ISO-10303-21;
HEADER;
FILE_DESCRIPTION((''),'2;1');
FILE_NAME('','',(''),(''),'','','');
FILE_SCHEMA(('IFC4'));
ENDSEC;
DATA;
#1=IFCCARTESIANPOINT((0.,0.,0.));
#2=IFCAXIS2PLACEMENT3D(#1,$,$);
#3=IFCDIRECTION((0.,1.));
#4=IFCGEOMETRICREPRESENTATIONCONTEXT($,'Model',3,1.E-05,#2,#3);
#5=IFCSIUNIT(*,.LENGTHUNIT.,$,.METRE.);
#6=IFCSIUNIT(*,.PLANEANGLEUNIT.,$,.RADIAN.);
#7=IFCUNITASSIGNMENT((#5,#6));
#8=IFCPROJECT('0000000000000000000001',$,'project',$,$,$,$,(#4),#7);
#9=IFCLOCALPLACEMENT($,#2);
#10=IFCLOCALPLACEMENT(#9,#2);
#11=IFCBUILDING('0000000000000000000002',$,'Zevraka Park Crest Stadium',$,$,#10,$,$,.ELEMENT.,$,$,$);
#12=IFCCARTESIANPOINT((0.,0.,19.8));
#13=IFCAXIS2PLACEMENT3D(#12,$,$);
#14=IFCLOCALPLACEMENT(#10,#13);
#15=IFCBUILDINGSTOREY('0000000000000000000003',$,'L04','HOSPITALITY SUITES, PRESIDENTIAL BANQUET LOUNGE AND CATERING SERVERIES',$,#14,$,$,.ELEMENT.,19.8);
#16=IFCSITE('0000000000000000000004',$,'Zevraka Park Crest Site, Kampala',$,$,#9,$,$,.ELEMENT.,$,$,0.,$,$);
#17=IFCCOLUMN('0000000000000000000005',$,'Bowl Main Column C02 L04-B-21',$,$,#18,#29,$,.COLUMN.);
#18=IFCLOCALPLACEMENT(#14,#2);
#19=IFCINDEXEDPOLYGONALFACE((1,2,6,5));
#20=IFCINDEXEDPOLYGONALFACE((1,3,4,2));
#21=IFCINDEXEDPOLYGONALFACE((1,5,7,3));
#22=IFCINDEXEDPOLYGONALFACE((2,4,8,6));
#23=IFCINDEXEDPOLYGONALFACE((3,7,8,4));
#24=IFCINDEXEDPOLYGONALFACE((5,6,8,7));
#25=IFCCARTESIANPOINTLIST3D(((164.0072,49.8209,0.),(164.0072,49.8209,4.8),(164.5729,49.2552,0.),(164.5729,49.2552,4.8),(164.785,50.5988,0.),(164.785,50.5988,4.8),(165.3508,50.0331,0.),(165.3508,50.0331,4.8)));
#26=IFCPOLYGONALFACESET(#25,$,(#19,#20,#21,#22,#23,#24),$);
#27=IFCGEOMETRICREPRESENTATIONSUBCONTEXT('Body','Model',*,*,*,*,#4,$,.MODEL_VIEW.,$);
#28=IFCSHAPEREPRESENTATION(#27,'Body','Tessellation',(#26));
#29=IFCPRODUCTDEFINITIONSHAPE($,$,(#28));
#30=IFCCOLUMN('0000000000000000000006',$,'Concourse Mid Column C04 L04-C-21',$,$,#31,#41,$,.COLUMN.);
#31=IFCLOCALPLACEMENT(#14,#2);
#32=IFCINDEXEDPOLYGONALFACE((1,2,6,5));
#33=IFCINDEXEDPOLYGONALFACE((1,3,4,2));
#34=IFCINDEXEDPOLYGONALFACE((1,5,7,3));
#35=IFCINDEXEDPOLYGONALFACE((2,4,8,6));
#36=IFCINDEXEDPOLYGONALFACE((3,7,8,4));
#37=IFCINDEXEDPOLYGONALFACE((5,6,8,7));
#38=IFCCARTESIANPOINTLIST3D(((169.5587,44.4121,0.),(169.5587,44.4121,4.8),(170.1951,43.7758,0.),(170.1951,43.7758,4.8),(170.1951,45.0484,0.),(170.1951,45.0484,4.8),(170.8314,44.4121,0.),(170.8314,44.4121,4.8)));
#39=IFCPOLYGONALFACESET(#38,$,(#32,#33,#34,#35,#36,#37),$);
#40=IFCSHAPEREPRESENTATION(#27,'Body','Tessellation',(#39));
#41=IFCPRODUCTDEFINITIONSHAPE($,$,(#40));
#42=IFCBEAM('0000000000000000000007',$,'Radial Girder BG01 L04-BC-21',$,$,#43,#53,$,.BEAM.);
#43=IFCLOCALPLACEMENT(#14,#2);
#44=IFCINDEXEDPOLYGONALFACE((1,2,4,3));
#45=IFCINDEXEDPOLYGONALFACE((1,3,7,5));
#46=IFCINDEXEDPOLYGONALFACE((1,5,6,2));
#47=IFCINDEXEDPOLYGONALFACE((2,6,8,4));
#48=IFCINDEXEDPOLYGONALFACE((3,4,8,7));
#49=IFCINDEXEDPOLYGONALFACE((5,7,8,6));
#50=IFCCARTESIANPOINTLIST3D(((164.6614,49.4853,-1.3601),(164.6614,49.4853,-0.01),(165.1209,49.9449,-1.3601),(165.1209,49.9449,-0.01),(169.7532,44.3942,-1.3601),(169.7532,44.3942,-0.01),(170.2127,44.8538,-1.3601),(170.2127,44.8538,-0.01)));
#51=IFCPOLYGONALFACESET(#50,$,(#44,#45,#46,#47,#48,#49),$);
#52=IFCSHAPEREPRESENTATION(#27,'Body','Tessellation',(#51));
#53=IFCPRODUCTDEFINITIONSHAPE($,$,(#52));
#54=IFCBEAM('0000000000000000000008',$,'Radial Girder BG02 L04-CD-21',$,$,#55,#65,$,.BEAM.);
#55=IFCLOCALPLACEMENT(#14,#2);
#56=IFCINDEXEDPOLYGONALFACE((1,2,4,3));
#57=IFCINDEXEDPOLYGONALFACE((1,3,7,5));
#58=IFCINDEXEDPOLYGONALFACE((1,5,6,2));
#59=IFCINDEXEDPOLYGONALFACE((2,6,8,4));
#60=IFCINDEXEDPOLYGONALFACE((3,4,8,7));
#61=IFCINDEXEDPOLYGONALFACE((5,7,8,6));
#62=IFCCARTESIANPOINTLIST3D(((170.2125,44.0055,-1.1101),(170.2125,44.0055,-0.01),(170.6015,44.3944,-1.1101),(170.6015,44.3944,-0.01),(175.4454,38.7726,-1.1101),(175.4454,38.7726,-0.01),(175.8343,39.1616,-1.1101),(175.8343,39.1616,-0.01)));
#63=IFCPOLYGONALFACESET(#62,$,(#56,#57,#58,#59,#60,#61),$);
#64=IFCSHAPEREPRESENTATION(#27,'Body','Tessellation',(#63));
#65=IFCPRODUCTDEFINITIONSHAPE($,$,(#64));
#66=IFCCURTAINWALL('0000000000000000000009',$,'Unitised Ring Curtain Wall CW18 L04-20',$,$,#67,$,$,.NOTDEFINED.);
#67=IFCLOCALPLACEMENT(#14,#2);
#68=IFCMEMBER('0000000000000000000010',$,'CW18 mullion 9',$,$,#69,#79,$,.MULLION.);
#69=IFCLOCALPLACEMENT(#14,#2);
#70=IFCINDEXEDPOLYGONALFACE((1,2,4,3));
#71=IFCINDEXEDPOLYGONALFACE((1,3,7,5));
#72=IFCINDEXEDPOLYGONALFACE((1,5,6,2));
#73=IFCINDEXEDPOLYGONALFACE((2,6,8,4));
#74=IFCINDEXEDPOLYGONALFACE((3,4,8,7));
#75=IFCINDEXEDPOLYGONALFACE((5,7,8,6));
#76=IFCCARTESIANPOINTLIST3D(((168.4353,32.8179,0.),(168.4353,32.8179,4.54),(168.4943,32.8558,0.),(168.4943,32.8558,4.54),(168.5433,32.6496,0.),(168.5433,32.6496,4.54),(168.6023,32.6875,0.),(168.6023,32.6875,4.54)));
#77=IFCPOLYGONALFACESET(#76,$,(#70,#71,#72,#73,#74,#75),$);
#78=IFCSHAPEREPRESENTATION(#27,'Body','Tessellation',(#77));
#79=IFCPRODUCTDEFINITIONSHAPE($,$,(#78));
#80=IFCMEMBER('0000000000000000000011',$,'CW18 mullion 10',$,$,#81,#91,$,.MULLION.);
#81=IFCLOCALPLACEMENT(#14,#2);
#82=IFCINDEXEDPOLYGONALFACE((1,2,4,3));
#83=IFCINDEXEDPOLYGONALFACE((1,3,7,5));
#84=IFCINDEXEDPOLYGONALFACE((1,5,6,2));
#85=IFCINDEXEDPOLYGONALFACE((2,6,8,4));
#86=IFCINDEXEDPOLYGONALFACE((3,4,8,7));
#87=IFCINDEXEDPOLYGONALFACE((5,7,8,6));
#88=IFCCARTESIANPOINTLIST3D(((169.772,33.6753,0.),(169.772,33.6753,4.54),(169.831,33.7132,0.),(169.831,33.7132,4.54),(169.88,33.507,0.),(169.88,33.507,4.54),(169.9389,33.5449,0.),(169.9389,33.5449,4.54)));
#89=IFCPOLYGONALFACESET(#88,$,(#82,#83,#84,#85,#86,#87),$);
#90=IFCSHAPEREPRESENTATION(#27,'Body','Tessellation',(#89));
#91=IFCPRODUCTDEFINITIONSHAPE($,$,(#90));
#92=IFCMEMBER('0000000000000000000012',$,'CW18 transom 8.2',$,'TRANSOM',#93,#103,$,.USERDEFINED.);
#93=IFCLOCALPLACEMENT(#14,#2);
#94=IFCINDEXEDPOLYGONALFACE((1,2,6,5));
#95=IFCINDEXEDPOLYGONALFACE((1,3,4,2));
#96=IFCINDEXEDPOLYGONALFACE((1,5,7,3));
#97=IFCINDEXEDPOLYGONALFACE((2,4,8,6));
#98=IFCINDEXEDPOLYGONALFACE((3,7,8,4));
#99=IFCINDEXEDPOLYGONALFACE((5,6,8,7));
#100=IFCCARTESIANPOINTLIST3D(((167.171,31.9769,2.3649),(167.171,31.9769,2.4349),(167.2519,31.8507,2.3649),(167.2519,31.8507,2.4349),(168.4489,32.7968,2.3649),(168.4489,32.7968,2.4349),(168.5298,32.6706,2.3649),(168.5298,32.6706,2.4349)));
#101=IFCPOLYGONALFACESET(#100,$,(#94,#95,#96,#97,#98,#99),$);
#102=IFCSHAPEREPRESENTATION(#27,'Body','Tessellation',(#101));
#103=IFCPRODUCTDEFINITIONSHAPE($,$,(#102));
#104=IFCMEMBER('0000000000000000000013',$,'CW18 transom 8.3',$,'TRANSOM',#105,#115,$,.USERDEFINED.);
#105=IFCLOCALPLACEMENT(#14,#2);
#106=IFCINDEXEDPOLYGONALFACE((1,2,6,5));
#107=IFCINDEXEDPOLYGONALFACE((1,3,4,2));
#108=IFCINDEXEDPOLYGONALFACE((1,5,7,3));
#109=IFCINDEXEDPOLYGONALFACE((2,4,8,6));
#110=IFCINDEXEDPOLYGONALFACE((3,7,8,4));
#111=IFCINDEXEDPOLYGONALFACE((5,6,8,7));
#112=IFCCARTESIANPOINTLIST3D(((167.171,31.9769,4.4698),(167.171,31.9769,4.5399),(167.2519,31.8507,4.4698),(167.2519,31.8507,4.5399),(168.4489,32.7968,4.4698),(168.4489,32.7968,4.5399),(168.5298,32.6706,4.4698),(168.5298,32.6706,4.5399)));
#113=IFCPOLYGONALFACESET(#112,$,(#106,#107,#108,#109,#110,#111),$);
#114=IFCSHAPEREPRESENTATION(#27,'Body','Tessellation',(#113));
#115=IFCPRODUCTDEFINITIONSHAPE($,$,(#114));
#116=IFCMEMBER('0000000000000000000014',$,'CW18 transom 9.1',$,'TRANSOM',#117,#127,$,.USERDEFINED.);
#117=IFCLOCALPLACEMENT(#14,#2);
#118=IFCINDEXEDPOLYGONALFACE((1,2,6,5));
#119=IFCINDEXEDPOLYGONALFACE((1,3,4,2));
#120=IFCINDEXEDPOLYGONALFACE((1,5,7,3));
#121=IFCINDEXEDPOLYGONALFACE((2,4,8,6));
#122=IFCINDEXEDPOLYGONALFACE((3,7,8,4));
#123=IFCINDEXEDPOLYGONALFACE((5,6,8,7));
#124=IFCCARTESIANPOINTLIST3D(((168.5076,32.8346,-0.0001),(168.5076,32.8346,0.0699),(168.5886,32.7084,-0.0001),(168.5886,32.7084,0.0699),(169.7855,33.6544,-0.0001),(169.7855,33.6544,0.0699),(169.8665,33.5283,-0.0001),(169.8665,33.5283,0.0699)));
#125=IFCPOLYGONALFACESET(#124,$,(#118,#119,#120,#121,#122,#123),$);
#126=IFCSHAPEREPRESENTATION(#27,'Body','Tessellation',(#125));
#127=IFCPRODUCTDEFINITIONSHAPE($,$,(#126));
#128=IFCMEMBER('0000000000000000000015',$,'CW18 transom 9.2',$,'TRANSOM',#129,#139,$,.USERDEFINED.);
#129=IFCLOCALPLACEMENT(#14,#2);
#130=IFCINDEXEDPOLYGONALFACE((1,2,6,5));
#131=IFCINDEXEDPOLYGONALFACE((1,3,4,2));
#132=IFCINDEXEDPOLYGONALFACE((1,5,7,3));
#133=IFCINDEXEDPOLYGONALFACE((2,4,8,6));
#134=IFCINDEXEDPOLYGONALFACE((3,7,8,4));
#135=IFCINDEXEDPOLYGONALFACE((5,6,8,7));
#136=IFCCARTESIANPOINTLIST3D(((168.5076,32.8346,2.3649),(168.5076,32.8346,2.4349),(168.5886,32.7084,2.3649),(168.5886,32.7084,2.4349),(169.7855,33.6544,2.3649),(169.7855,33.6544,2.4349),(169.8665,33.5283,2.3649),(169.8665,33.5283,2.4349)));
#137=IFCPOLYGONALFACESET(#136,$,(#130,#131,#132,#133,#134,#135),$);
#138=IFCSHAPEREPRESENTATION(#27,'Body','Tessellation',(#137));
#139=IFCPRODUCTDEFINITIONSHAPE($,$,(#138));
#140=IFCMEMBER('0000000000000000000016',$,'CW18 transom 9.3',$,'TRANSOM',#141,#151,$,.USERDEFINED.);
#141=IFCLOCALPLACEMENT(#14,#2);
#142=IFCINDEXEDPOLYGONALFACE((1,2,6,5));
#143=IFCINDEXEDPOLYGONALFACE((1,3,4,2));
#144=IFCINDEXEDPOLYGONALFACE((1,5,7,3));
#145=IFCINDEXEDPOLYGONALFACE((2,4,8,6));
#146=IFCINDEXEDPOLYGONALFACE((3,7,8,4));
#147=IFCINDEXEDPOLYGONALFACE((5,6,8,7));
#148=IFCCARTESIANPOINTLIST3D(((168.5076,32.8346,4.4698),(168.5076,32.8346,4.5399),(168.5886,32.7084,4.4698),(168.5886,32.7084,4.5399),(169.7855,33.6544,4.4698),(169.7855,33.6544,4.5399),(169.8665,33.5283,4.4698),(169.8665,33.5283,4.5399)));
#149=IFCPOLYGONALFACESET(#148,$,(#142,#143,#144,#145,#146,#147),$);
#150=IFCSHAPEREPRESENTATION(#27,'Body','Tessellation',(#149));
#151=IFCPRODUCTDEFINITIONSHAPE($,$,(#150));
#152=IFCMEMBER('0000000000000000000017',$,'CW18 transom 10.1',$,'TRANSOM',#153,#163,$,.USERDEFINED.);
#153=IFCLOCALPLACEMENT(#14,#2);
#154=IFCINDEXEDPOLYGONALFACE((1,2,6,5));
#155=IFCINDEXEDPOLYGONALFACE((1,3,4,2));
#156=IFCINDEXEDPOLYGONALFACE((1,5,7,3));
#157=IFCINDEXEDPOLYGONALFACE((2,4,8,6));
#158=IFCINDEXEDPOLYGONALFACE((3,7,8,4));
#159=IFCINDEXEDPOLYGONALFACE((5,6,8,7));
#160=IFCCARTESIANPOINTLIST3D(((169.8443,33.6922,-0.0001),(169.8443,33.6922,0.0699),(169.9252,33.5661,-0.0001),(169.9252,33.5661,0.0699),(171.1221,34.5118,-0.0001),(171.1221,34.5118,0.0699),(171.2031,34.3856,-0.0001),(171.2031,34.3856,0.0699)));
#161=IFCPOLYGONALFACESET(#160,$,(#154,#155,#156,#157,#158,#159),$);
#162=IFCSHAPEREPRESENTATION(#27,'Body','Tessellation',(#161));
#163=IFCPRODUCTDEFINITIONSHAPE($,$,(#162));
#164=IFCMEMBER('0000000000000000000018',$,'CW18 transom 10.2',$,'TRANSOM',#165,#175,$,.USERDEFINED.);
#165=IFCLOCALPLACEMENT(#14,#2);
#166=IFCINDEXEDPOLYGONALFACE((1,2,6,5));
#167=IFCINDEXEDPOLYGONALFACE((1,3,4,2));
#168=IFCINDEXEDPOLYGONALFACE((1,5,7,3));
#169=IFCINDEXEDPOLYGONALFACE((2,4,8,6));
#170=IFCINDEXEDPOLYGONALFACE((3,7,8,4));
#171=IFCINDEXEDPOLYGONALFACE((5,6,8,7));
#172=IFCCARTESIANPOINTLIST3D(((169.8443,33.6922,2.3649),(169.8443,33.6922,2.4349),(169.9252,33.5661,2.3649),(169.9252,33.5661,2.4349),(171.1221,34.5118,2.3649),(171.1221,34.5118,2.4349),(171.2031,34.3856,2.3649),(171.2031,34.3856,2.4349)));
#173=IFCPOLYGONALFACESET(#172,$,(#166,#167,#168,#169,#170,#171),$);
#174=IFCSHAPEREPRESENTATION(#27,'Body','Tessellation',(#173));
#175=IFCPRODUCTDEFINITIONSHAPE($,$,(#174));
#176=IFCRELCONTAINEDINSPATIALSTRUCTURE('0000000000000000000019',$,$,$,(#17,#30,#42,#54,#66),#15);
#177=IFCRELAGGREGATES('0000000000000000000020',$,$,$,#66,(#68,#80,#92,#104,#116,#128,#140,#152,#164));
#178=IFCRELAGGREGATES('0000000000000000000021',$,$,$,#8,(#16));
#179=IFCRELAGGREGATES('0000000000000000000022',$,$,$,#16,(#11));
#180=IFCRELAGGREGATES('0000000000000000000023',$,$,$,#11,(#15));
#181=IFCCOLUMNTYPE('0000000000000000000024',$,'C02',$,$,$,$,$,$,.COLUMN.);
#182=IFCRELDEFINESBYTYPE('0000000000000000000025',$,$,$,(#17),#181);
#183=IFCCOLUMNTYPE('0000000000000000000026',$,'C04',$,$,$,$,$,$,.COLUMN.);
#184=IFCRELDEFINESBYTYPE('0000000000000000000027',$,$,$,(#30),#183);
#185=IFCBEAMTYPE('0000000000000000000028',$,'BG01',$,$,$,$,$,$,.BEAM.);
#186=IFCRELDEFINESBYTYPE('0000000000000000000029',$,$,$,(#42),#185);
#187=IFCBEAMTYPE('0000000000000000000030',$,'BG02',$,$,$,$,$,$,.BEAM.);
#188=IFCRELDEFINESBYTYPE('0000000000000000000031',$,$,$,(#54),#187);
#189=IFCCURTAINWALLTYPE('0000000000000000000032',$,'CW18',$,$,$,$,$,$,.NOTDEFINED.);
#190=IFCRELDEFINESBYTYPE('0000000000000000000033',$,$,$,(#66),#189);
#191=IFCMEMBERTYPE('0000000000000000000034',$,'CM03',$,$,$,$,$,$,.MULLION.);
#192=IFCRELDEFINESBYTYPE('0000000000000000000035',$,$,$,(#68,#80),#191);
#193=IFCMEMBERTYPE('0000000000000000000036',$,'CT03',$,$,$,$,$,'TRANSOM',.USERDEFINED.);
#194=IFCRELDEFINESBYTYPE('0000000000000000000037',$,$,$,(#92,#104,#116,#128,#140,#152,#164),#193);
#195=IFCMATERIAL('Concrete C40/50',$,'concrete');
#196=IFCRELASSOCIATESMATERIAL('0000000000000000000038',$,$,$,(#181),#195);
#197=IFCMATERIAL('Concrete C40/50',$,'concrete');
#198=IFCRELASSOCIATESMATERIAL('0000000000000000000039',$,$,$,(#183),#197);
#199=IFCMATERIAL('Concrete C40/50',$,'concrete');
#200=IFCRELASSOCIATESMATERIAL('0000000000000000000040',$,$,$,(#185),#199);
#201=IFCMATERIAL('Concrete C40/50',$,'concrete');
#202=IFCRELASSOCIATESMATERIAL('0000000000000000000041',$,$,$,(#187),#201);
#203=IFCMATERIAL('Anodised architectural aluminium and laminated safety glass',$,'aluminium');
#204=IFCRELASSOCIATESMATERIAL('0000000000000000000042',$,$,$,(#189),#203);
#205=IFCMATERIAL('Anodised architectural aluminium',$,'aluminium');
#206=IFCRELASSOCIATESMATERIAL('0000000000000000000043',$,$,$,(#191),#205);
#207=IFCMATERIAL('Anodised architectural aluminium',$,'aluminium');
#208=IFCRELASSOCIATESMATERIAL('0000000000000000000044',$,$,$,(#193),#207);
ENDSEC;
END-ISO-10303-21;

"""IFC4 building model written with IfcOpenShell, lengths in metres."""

from ifc_helpers import new_model, si_unit, direction, frame, origin, origin_2d, place, context, subcontext, project, spatial, rectangle, extrude, material, material_profile, profile_set, type_object, element, aggregate, save


model = new_model("IFC4")

# Units and contexts
model_context = context("Model", 3, precision=1e-05, world=origin(), true_north=direction((0.0, 1.0)))
body_context = subcontext(model_context, "Body", "Model", "MODEL_VIEW")
ifc_project = project(units=[si_unit("LENGTHUNIT", "METRE"), si_unit("PLANEANGLEUNIT", "RADIAN")], contexts=[model_context])

# Site, building, storey
site_placement = place(None, origin())
site = spatial("IfcSite", under=ifc_project, at=site_placement, Name="Zevraka Park Crest Site, Kampala", CompositionType="ELEMENT", RefElevation=0.0)
building_placement = place(site_placement, origin())
building = spatial("IfcBuilding", under=site, at=building_placement, Name="Zevraka Park Crest Stadium", CompositionType="ELEMENT")
storey_placement = place(building_placement, frame((0.0, 0.0, 19.8)))
storey = spatial("IfcBuildingStorey", under=building, at=storey_placement, Name="L04", Description="HOSPITALITY SUITES, PRESIDENTIAL BANQUET LOUNGE AND CATERING SERVERIES", CompositionType="ELEMENT", Elevation=19.8)

# Columns
ifc_material_1 = material(Name="Concrete C40/50", Category="concrete")
ifc_material_profile_1 = material_profile(ifc_material_1, rectangle(XDim=0.8, YDim=1.1001, at=origin_2d()), Name="RC 1100x800")
ifc_profile_set_1 = profile_set([ifc_material_profile_1], Name="Concrete C40/50")
column_type_1 = type_object("IfcColumnType", Name="C02", PredefinedType="COLUMN", material=ifc_profile_set_1)
column_1_placement = place(storey_placement, frame((164.679, 49.927, 0.0), z_axis=(0.0, 0.0, 1.0), x_axis=(-0.707107, 0.707107, 0.0)))
element("IfcColumn", 1, at=column_1_placement, inside=storey, type_object=column_type_1, Name="Bowl Main Column C02 L04-B-21", PredefinedType="COLUMN", context=body_context, shape_type="SweptSolid", body=[
    extrude(rectangle(XDim=0.8, YDim=1.1001, at=origin_2d()), origin(), (0.0, 0.0, 1.0), 4.8),
])
ifc_material_2 = material(Name="Concrete C40/50", Category="concrete")
ifc_material_profile_2 = material_profile(ifc_material_2, rectangle(XDim=0.8999, YDim=0.8999, at=origin_2d()), Name="RC 900x900")
ifc_profile_set_2 = profile_set([ifc_material_profile_2], Name="Concrete C40/50")
column_type_2 = type_object("IfcColumnType", Name="C04", PredefinedType="COLUMN", material=ifc_profile_set_2)
column_2_placement = place(storey_placement, frame((170.1951, 44.4121, 0.0), z_axis=(0.0, 0.0, 1.0), x_axis=(-0.707107, 0.707107, 0.0)))
element("IfcColumn", 2, at=column_2_placement, inside=storey, type_object=column_type_2, Name="Concourse Mid Column C04 L04-C-21", PredefinedType="COLUMN", context=body_context, shape_type="SweptSolid", body=[
    extrude(rectangle(XDim=0.8999, YDim=0.8999, at=origin_2d()), origin(), (0.0, 0.0, 1.0), 4.8),
])

# Beams
ifc_material_3 = material(Name="Concrete C40/50", Category="concrete")
ifc_material_profile_3 = material_profile(ifc_material_3, rectangle(XDim=0.6499, YDim=1.3501, at=origin_2d()), Name="RC 1350x650")
ifc_profile_set_3 = profile_set([ifc_material_profile_3], Name="Concrete C40/50")
beam_type_1 = type_object("IfcBeamType", Name="BG01", PredefinedType="BEAM", material=ifc_profile_set_3)
beam_1_placement = place(storey_placement, frame((164.8911, 49.7151, -0.6851), z_axis=(0.707158, -0.707056, 0.0), x_axis=(0.707056, 0.707158, 0.0)))
element("IfcBeam", 3, at=beam_1_placement, inside=storey, type_object=beam_type_1, Name="Radial Girder BG01 L04-BC-21", PredefinedType="BEAM", context=body_context, shape_type="SweptSolid", body=[
    extrude(rectangle(XDim=0.6499, YDim=1.3501, at=origin_2d()), origin(), (0.0, 0.0, 1.0), 7.2004),
])
ifc_material_4 = material(Name="Concrete C40/50", Category="concrete")
ifc_material_profile_4 = material_profile(ifc_material_4, rectangle(XDim=0.55, YDim=1.1001, at=origin_2d()), Name="RC 1100x550")
ifc_profile_set_4 = profile_set([ifc_material_profile_4], Name="Concrete C40/50")
beam_type_2 = type_object("IfcBeamType", Name="BG02", PredefinedType="BEAM", material=ifc_profile_set_4)
beam_2_placement = place(storey_placement, frame((170.407, 44.2, -0.5601), z_axis=(0.707107, -0.707107, 0.0), x_axis=(0.707107, 0.707107, 0.0)))
element("IfcBeam", 4, at=beam_2_placement, inside=storey, type_object=beam_type_2, Name="Radial Girder BG02 L04-CD-21", PredefinedType="BEAM", context=body_context, shape_type="SweptSolid", body=[
    extrude(rectangle(XDim=0.55, YDim=1.1001, at=origin_2d()), origin(), (0.0, 0.0, 1.0), 7.4004),
])

# Curtain wall, members
ifc_material_5 = material(Name="Anodised architectural aluminium and laminated safety glass", Category="aluminium")
curtain_wall_type = type_object("IfcCurtainWallType", Name="CW18", PredefinedType="NOTDEFINED", material=ifc_material_5)
curtain_wall_placement = place(storey_placement, origin())
curtain_wall = element("IfcCurtainWall", 5, at=curtain_wall_placement, inside=storey, type_object=curtain_wall_type, Name="Unitised Ring Curtain Wall CW18 L04-20", PredefinedType="NOTDEFINED")
ifc_material_6 = material(Name="Anodised architectural aluminium", Category="aluminium")
ifc_material_profile_5 = material_profile(ifc_material_6, rectangle(XDim=0.2, YDim=0.0701, at=origin_2d()), Name="ALU MULLION 200x70")
ifc_profile_set_5 = profile_set([ifc_material_profile_5], Name="Anodised architectural aluminium")
member_type_1 = type_object("IfcMemberType", Name="CM03", PredefinedType="MULLION", material=ifc_profile_set_5)
member_1_placement = place(storey_placement, frame((168.5188, 32.7527, 0.0), z_axis=(0.0, 0.0, 1.0), x_axis=(-0.53998, 0.841678, 0.0)))
member_1 = element("IfcMember", 6, at=member_1_placement, type_object=member_type_1, Name="CW18 mullion 9", PredefinedType="MULLION", context=body_context, shape_type="SweptSolid", body=[
    extrude(rectangle(XDim=0.2, YDim=0.0701, at=origin_2d()), origin(), (0.0, 0.0, 1.0), 4.54),
])
member_2_placement = place(storey_placement, frame((169.8555, 33.6101, 0.0), z_axis=(0.0, 0.0, 1.0), x_axis=(-0.53998, 0.841678, 0.0)))
member_2 = element("IfcMember", 7, at=member_2_placement, type_object=member_type_1, Name="CW18 mullion 10", PredefinedType="MULLION", context=body_context, shape_type="SweptSolid", body=[
    extrude(rectangle(XDim=0.2, YDim=0.0701, at=origin_2d()), origin(), (0.0, 0.0, 1.0), 4.54),
])
ifc_material_7 = material(Name="Anodised architectural aluminium", Category="aluminium")
ifc_material_profile_6 = material_profile(ifc_material_7, rectangle(XDim=0.1499, YDim=0.0701, at=origin_2d()), Name="ALU TRANSOM 150x70")
ifc_profile_set_6 = profile_set([ifc_material_profile_6], Name="Anodised architectural aluminium")
member_type_2 = type_object("IfcMemberType", Name="CT03", ElementType="TRANSOM", PredefinedType="USERDEFINED", material=ifc_profile_set_6)
member_3_placement = place(storey_placement, frame((167.2114, 31.9138, 2.3999), z_axis=(0.841669, 0.539993, 0.0), x_axis=(-0.539993, 0.841669, 0.0)))
member_3 = element("IfcMember", 8, at=member_3_placement, type_object=member_type_2, Name="CW18 transom 8.2", ObjectType="TRANSOM", PredefinedType="USERDEFINED", context=body_context, shape_type="SweptSolid", body=[
    extrude(rectangle(XDim=0.1499, YDim=0.0701, at=origin_2d()), origin(), (0.0, 0.0, 1.0), 1.5183),
])
member_4_placement = place(storey_placement, frame((167.2114, 31.9138, 4.5049), z_axis=(0.841669, 0.539993, 0.0), x_axis=(-0.539993, 0.841669, 0.0)))
member_4 = element("IfcMember", 9, at=member_4_placement, type_object=member_type_2, Name="CW18 transom 8.3", ObjectType="TRANSOM", PredefinedType="USERDEFINED", context=body_context, shape_type="SweptSolid", body=[
    extrude(rectangle(XDim=0.1499, YDim=0.0701, at=origin_2d()), origin(), (0.0, 0.0, 1.0), 1.5183),
])
member_5_placement = place(storey_placement, frame((168.5481, 32.7715, 0.0349), z_axis=(0.841669, 0.539993, 0.0), x_axis=(-0.539993, 0.841669, 0.0)))
member_5 = element("IfcMember", 10, at=member_5_placement, type_object=member_type_2, Name="CW18 transom 9.1", ObjectType="TRANSOM", PredefinedType="USERDEFINED", context=body_context, shape_type="SweptSolid", body=[
    extrude(rectangle(XDim=0.1499, YDim=0.0701, at=origin_2d()), origin(), (0.0, 0.0, 1.0), 1.5183),
])
member_6_placement = place(storey_placement, frame((168.5481, 32.7715, 2.3999), z_axis=(0.841669, 0.539993, 0.0), x_axis=(-0.539993, 0.841669, 0.0)))
member_6 = element("IfcMember", 11, at=member_6_placement, type_object=member_type_2, Name="CW18 transom 9.2", ObjectType="TRANSOM", PredefinedType="USERDEFINED", context=body_context, shape_type="SweptSolid", body=[
    extrude(rectangle(XDim=0.1499, YDim=0.0701, at=origin_2d()), origin(), (0.0, 0.0, 1.0), 1.5183),
])
member_7_placement = place(storey_placement, frame((168.5481, 32.7715, 4.5049), z_axis=(0.841669, 0.539993, 0.0), x_axis=(-0.539993, 0.841669, 0.0)))
member_7 = element("IfcMember", 12, at=member_7_placement, type_object=member_type_2, Name="CW18 transom 9.3", ObjectType="TRANSOM", PredefinedType="USERDEFINED", context=body_context, shape_type="SweptSolid", body=[
    extrude(rectangle(XDim=0.1499, YDim=0.0701, at=origin_2d()), origin(), (0.0, 0.0, 1.0), 1.5183),
])
member_8_placement = place(storey_placement, frame((169.8848, 33.6292, 0.0349), z_axis=(0.841742, 0.539879, 0.0), x_axis=(-0.539879, 0.841742, 0.0)))
member_8 = element("IfcMember", 13, at=member_8_placement, type_object=member_type_2, Name="CW18 transom 10.1", ObjectType="TRANSOM", PredefinedType="USERDEFINED", context=body_context, shape_type="SweptSolid", body=[
    extrude(rectangle(XDim=0.1499, YDim=0.0701, at=origin_2d()), origin(), (0.0, 0.0, 1.0), 1.5181),
])
member_9_placement = place(storey_placement, frame((169.8848, 33.6292, 2.3999), z_axis=(0.841742, 0.539879, 0.0), x_axis=(-0.539879, 0.841742, 0.0)))
member_9 = element("IfcMember", 14, at=member_9_placement, type_object=member_type_2, Name="CW18 transom 10.2", ObjectType="TRANSOM", PredefinedType="USERDEFINED", context=body_context, shape_type="SweptSolid", body=[
    extrude(rectangle(XDim=0.1499, YDim=0.0701, at=origin_2d()), origin(), (0.0, 0.0, 1.0), 1.5181),
])

aggregate(curtain_wall, [member_1, member_2, member_3, member_4, member_5, member_6, member_7, member_8, member_9])

save(model, "model.ifc")
